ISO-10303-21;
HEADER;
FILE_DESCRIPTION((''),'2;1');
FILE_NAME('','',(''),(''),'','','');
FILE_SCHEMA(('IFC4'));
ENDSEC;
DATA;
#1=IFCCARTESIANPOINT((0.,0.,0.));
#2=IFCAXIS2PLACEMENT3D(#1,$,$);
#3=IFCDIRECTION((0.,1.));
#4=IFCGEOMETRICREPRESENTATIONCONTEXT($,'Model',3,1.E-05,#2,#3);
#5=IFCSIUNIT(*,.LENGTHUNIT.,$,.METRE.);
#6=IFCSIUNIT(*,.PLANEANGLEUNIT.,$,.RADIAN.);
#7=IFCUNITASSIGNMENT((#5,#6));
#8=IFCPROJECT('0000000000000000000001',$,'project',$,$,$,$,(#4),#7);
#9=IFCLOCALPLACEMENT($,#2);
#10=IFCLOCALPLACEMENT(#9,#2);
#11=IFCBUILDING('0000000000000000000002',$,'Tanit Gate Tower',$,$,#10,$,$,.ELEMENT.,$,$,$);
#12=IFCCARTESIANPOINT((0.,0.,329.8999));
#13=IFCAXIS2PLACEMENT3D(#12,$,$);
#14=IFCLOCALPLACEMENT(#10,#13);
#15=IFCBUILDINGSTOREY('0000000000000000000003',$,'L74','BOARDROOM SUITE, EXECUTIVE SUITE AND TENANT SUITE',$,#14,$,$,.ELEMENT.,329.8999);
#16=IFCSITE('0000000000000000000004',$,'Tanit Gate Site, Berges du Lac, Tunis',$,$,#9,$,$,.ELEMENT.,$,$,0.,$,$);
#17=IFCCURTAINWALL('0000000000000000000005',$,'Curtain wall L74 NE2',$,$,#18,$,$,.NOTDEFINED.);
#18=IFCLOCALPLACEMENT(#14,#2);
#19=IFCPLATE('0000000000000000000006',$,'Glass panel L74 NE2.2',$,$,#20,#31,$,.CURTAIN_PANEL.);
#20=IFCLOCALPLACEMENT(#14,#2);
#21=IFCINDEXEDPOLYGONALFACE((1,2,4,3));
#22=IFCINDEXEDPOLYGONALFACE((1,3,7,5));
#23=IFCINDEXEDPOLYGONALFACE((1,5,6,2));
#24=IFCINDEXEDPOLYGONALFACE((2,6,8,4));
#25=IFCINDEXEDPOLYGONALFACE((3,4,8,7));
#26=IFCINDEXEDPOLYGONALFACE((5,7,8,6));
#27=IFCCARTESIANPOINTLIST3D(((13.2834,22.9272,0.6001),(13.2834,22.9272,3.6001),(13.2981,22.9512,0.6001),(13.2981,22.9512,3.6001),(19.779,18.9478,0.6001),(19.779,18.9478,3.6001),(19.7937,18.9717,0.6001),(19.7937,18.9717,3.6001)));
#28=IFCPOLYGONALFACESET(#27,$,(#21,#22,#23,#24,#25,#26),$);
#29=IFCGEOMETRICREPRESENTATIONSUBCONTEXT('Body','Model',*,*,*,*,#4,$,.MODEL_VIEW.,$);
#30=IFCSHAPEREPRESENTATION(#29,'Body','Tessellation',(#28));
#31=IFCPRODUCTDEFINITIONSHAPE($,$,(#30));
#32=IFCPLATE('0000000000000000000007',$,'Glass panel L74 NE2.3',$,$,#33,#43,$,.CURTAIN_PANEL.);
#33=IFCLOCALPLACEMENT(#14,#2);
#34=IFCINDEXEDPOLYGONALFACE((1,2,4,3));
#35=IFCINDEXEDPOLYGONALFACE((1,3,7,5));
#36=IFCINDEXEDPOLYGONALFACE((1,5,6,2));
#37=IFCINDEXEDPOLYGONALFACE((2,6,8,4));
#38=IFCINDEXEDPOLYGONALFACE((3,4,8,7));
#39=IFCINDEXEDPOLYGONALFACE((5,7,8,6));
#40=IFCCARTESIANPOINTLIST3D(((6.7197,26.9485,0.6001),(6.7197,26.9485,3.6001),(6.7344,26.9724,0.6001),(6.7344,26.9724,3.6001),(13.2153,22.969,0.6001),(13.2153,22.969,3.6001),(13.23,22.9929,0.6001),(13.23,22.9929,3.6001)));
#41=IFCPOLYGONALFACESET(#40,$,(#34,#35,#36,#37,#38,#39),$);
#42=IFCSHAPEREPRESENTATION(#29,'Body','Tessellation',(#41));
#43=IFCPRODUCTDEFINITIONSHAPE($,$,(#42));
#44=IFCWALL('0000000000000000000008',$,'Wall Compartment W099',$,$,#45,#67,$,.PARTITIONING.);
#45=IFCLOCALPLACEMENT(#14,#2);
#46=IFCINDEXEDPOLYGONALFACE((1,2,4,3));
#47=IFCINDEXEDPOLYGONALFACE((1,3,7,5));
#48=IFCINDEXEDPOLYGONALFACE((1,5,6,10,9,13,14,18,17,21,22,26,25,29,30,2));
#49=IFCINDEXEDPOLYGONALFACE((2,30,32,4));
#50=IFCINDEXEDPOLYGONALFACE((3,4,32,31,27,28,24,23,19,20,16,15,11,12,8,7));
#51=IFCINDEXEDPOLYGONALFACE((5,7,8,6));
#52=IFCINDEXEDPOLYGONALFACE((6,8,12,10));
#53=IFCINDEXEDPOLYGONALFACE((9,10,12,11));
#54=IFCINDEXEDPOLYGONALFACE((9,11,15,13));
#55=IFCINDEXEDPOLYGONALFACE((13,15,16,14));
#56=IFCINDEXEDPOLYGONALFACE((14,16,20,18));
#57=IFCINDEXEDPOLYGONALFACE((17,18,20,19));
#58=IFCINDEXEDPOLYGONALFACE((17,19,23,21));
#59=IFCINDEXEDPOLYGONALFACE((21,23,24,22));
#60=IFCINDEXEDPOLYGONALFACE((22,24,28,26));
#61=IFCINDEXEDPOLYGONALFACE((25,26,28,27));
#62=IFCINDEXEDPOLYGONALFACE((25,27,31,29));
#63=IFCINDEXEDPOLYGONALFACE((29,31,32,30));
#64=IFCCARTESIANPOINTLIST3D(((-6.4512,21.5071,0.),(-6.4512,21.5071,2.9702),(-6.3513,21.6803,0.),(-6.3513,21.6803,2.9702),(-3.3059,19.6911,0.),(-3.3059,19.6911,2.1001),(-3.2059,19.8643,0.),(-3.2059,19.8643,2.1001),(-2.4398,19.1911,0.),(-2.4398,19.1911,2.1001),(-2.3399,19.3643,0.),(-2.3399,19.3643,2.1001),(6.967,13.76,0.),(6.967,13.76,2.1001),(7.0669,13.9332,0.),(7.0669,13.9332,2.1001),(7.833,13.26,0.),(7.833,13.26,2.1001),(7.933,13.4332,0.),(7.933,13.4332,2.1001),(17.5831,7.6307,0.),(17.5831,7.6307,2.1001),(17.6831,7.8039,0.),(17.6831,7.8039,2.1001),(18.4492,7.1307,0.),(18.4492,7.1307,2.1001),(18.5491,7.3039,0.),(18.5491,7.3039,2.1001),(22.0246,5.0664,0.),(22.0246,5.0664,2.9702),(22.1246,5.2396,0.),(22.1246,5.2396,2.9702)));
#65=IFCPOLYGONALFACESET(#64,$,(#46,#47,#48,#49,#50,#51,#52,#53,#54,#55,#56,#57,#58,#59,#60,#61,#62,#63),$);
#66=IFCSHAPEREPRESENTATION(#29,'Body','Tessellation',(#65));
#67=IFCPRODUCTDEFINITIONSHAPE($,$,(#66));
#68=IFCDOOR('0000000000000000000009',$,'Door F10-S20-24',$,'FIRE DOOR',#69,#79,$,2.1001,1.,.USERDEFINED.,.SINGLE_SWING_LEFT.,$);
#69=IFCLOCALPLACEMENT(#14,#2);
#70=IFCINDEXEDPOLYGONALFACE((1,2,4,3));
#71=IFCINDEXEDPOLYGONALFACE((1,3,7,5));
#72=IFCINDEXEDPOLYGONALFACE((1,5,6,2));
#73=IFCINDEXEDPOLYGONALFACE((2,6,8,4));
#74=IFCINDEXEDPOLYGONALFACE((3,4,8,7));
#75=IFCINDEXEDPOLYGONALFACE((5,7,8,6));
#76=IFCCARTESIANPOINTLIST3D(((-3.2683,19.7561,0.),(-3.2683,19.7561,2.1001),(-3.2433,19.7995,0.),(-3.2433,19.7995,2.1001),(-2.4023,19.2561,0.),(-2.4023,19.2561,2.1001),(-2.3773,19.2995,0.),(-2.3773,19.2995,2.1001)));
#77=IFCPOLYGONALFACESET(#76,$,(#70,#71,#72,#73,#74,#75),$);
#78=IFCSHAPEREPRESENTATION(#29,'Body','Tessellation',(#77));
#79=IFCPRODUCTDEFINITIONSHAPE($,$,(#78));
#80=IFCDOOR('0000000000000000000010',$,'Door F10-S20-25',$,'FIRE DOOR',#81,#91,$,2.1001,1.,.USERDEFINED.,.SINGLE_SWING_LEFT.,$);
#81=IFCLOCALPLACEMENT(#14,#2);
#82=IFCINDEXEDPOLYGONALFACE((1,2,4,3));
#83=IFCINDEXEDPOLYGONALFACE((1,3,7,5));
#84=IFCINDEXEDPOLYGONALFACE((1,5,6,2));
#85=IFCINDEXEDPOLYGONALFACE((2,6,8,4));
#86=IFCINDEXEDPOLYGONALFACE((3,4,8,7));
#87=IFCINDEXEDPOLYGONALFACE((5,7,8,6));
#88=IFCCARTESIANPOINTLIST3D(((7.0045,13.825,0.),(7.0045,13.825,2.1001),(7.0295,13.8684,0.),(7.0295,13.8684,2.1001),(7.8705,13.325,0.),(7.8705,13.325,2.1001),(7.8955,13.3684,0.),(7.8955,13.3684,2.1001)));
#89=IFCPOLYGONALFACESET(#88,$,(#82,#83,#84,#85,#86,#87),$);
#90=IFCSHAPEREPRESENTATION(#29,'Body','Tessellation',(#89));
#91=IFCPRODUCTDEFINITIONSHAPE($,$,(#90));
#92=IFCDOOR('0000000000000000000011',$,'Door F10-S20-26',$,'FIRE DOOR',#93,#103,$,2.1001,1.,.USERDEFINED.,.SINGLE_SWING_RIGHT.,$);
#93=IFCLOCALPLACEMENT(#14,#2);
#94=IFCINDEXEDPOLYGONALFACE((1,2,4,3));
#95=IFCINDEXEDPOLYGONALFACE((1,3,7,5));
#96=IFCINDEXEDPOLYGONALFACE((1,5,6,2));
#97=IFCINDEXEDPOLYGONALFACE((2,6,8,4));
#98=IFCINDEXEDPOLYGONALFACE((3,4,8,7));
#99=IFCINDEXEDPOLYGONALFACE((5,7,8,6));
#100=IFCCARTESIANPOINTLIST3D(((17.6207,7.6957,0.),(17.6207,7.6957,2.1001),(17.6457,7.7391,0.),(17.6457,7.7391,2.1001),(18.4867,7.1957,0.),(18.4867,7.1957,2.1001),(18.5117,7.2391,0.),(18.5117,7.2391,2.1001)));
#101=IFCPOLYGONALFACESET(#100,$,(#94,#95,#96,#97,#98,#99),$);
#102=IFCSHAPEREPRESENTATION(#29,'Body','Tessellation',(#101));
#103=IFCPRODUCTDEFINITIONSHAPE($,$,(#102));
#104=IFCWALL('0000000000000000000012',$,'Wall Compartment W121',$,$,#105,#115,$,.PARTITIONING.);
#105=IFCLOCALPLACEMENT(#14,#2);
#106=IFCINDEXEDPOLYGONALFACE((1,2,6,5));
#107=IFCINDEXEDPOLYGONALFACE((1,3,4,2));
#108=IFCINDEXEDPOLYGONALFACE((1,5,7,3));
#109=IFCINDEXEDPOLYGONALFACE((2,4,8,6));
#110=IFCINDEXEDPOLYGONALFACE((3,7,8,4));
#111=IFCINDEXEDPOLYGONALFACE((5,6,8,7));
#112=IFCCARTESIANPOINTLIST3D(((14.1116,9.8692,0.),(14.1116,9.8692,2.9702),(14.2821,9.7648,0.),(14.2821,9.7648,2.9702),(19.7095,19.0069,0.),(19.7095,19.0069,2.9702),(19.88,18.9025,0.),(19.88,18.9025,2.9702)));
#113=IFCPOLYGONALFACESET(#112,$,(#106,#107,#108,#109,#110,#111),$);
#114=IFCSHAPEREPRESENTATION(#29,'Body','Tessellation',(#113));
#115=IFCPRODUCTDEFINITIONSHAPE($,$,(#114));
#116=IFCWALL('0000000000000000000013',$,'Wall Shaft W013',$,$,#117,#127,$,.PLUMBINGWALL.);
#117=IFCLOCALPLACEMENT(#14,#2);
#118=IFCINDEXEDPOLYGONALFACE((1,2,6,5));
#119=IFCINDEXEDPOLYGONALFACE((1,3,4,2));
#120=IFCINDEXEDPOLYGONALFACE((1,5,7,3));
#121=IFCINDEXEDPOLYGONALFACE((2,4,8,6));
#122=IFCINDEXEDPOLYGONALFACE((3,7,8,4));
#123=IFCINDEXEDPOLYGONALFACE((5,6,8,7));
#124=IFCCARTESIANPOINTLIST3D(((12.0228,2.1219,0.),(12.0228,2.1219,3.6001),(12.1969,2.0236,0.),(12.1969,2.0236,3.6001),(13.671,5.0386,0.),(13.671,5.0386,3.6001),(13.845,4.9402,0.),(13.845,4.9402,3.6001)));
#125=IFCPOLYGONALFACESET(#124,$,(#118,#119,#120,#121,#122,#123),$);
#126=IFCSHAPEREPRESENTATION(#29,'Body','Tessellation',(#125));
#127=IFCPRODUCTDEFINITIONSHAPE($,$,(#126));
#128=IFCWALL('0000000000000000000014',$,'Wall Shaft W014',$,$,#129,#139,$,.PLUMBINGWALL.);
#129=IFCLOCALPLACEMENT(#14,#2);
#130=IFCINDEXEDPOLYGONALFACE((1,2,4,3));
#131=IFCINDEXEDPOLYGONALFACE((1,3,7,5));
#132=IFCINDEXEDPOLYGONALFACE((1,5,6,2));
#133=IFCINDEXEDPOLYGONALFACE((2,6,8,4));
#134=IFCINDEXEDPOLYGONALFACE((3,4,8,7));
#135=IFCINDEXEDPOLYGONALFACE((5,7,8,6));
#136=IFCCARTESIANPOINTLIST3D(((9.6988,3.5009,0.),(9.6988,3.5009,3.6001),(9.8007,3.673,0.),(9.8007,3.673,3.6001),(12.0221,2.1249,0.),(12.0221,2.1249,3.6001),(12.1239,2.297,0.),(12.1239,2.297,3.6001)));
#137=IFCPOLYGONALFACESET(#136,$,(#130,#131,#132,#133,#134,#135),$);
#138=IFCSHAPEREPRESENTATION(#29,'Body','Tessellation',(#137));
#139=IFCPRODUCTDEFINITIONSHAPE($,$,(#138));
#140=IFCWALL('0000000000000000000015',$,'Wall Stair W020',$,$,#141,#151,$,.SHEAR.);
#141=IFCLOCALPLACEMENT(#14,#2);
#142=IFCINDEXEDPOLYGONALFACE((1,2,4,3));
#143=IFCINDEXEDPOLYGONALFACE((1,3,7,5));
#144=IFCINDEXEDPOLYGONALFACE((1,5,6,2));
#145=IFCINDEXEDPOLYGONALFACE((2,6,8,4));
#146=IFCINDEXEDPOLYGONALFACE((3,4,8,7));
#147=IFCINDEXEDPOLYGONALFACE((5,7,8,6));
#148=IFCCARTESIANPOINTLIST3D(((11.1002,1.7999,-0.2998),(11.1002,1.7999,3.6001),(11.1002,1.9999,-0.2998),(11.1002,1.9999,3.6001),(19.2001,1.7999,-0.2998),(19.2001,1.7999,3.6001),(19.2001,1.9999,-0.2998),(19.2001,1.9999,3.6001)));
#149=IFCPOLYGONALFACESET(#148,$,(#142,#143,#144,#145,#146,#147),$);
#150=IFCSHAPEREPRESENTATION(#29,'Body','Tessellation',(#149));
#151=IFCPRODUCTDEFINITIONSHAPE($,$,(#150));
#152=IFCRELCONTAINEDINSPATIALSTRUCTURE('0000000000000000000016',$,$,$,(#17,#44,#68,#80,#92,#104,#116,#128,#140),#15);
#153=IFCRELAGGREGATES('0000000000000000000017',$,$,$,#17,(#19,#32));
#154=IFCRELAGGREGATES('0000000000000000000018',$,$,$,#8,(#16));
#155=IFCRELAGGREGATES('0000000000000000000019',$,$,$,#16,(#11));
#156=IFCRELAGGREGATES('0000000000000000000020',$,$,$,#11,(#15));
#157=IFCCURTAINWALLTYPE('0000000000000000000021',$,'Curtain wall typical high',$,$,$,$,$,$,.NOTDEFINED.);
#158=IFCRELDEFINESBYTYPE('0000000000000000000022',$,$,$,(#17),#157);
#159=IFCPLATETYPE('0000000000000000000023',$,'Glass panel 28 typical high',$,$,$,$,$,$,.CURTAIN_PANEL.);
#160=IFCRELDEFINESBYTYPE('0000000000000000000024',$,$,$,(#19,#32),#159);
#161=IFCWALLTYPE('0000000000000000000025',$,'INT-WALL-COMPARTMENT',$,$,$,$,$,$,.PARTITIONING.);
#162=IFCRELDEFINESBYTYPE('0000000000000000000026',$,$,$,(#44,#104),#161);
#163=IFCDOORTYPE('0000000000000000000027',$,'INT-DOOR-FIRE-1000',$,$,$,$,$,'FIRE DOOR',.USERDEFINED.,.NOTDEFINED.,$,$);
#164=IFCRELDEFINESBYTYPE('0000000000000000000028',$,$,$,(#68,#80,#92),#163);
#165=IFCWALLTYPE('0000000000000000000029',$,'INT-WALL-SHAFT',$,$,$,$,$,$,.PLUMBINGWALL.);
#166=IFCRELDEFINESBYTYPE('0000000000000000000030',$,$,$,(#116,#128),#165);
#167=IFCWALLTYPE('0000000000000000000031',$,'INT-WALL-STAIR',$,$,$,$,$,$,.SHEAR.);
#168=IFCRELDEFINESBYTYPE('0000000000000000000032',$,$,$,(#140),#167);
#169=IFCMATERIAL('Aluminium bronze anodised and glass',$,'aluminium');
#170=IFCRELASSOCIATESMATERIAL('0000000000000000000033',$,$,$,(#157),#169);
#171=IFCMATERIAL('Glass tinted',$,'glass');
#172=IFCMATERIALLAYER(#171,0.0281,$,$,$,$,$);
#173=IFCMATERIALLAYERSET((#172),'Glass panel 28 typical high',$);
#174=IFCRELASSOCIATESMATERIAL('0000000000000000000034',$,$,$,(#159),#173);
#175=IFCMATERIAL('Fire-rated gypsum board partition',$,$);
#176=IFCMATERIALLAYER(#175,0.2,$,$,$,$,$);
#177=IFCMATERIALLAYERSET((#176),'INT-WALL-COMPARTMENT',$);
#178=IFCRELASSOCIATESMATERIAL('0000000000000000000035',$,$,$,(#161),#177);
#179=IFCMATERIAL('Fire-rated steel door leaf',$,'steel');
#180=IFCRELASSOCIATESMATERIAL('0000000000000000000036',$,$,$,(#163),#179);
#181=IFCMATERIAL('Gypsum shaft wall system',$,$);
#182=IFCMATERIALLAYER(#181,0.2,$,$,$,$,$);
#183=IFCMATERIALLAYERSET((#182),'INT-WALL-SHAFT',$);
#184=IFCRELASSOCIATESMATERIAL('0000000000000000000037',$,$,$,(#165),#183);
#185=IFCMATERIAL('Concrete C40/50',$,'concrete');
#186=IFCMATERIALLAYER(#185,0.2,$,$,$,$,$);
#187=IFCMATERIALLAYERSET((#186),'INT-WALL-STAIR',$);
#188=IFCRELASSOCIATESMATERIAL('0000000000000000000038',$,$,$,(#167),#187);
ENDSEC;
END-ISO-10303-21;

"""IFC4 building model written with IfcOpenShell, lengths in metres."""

from ifc_helpers import new_model, si_unit, direction, frame, frame_2d, origin, origin_2d, place, context, subcontext, project, spatial, rectangle, extrude, material, layer, layer_set, type_object, element, fill, aggregate, save


model = new_model("IFC4")

# Units and contexts
model_context = context("Model", 3, precision=1e-05, world=origin(), true_north=direction((0.0, 1.0)))
body_context = subcontext(model_context, "Body", "Model", "MODEL_VIEW")
ifc_project = project(units=[si_unit("LENGTHUNIT", "METRE"), si_unit("PLANEANGLEUNIT", "RADIAN")], contexts=[model_context])

# Site, building, storey
site_placement = place(None, origin())
site = spatial("IfcSite", under=ifc_project, at=site_placement, Name="Tanit Gate Site, Berges du Lac, Tunis", CompositionType="ELEMENT", RefElevation=0.0)
building_placement = place(site_placement, origin())
building = spatial("IfcBuilding", under=site, at=building_placement, Name="Tanit Gate Tower", CompositionType="ELEMENT")
storey_placement = place(building_placement, frame((0.0, 0.0, 329.8999)))
storey = spatial("IfcBuildingStorey", under=building, at=storey_placement, Name="L74", Description="BOARDROOM SUITE, EXECUTIVE SUITE AND TENANT SUITE", CompositionType="ELEMENT", Elevation=329.8999)

# Curtain wall
ifc_material_1 = material(Name="Aluminium bronze anodised and glass", Category="aluminium")
curtain_wall_type = type_object("IfcCurtainWallType", Name="Curtain wall typical high", PredefinedType="NOTDEFINED", material=ifc_material_1)
curtain_wall_placement = place(storey_placement, origin())
curtain_wall = element("IfcCurtainWall", 1, at=curtain_wall_placement, inside=storey, type_object=curtain_wall_type, Name="Curtain wall L74 NE2", PredefinedType="NOTDEFINED")

# Plates
ifc_material_2 = material(Name="Glass tinted", Category="glass")
ifc_layer_1 = layer(ifc_material_2, 0.0281)
ifc_layer_set_1 = layer_set([ifc_layer_1], Name="Glass panel 28 typical high")
plate_type = type_object("IfcPlateType", Name="Glass panel 28 typical high", PredefinedType="CURTAIN_PANEL", material=ifc_layer_set_1)
plate_1_placement = place(storey_placement, frame((16.5386, 20.9495, 0.6001), z_axis=(0.0, 0.0, 1.0), x_axis=(-0.8527, 0.522401, 0.0)))
plate_1 = element("IfcPlate", 2, at=plate_1_placement, type_object=plate_type, Name="Glass panel L74 NE2.2", PredefinedType="CURTAIN_PANEL", context=body_context, shape_type="SweptSolid", body=[
    extrude(rectangle(XDim=7.6177, YDim=0.0281, at=origin_2d()), origin(), (0.0, 0.0, 1.0), 3.0),
])
plate_2_placement = place(storey_placement, frame((9.9749, 24.9707, 0.6001), z_axis=(0.0, 0.0, 1.0), x_axis=(-0.8527, 0.522401, 0.0)))
plate_2 = element("IfcPlate", 3, at=plate_2_placement, type_object=plate_type, Name="Glass panel L74 NE2.3", PredefinedType="CURTAIN_PANEL", context=body_context, shape_type="SweptSolid", body=[
    extrude(rectangle(XDim=7.6177, YDim=0.0281, at=origin_2d()), origin(), (0.0, 0.0, 1.0), 3.0),
])
aggregate(curtain_wall, [plate_1, plate_2])

# Wall, openings, doors
ifc_material_3 = material(Name="Fire-rated gypsum board partition")
ifc_layer_2 = layer(ifc_material_3, 0.2)
ifc_layer_set_2 = layer_set([ifc_layer_2], Name="INT-WALL-COMPARTMENT")
wall_type_1 = type_object("IfcWallType", Name="INT-WALL-COMPARTMENT", PredefinedType="PARTITIONING", material=ifc_layer_set_2)
wall_1_placement = place(storey_placement, frame((22.0745, 5.1531, 0.0), z_axis=(0.0, 0.0, 1.0), x_axis=(-0.866023, 0.500003, 0.0)))
wall_1 = element("IfcWall", 4, at=wall_1_placement, inside=storey, type_object=wall_type_1, Name="Wall Compartment W099", PredefinedType="PARTITIONING", context=body_context, shape_type="SweptSolid", body=[
    extrude(rectangle(XDim=32.8811, YDim=0.2, at=frame_2d((16.4404, 0.0))), origin(), (0.0, 0.0, 1.0), 2.9702),
])
opening_1_placement = place(wall_1_placement, frame((28.249, 0.0, 0.0)))
opening_1 = element("IfcOpeningElement", 5, at=opening_1_placement, cuts=wall_1, PredefinedType="OPENING", context=body_context, shape_type="SweptSolid", body=[
    extrude(rectangle(XDim=1.0, YDim=2.1001, at=frame_2d((0.5, 1.05))), frame((0.0, 0.1099, 0.0), z_axis=(0.0, -1.0, 0.0), x_axis=(1.0, 0.0, 0.0)), (0.0, 0.0, 1.0), 0.22),
])
opening_2_placement = place(wall_1_placement, frame((16.387, 0.0, 0.0)))
opening_2 = element("IfcOpeningElement", 6, at=opening_2_placement, cuts=wall_1, PredefinedType="OPENING", context=body_context, shape_type="SweptSolid", body=[
    extrude(rectangle(XDim=1.0, YDim=2.1001, at=frame_2d((0.5, 1.05))), frame((0.0, 0.1099, 0.0), z_axis=(0.0, -1.0, 0.0), x_axis=(1.0, 0.0, 0.0)), (0.0, 0.0, 1.0), 0.22),
])
opening_3_placement = place(wall_1_placement, frame((4.1284, 0.0, 0.0)))
opening_3 = element("IfcOpeningElement", 7, at=opening_3_placement, cuts=wall_1, PredefinedType="OPENING", context=body_context, shape_type="SweptSolid", body=[
    extrude(rectangle(XDim=1.0, YDim=2.1001, at=frame_2d((0.5, 1.05))), frame((0.0, 0.1099, 0.0), z_axis=(0.0, -1.0, 0.0), x_axis=(1.0, 0.0, 0.0)), (0.0, 0.0, 1.0), 0.22),
])
ifc_material_4 = material(Name="Fire-rated steel door leaf", Category="steel")
door_type_1 = type_object("IfcDoorType", Name="INT-DOOR-FIRE-1000", ElementType="FIRE DOOR", OperationType="NOTDEFINED", PredefinedType="USERDEFINED", material=ifc_material_4)
door_1_placement = place(opening_1_placement, origin())
door_1 = element("IfcDoor", 8, at=door_1_placement, inside=storey, type_object=door_type_1, Name="Door F10-S20-24", ObjectType="FIRE DOOR", OperationType="SINGLE_SWING_LEFT", OverallHeight=2.1001, OverallWidth=1.0, PredefinedType="USERDEFINED", context=body_context, shape_type="SweptSolid", body=[
    extrude(rectangle(XDim=1.0, YDim=2.1001, at=frame_2d((0.5, 1.05))), frame((0.0, 0.0249, 0.0), z_axis=(0.0, -1.0, 0.0), x_axis=(1.0, 0.0, 0.0)), (0.0, 0.0, 1.0), 0.05),
])
fill(opening_1, door_1)
door_2_placement = place(opening_2_placement, origin())
door_2 = element("IfcDoor", 9, at=door_2_placement, inside=storey, type_object=door_type_1, Name="Door F10-S20-25", ObjectType="FIRE DOOR", OperationType="SINGLE_SWING_LEFT", OverallHeight=2.1001, OverallWidth=1.0, PredefinedType="USERDEFINED", context=body_context, shape_type="SweptSolid", body=[
    extrude(rectangle(XDim=1.0, YDim=2.1001, at=frame_2d((0.5, 1.05))), frame((0.0, 0.0249, 0.0), z_axis=(0.0, -1.0, 0.0), x_axis=(1.0, 0.0, 0.0)), (0.0, 0.0, 1.0), 0.05),
])
fill(opening_2, door_2)
door_3_placement = place(opening_3_placement, origin())
door_3 = element("IfcDoor", 10, at=door_3_placement, inside=storey, type_object=door_type_1, Name="Door F10-S20-26", ObjectType="FIRE DOOR", OperationType="SINGLE_SWING_RIGHT", OverallHeight=2.1001, OverallWidth=1.0, PredefinedType="USERDEFINED", context=body_context, shape_type="SweptSolid", body=[
    extrude(rectangle(XDim=1.0, YDim=2.1001, at=frame_2d((0.5, 1.05))), frame((0.0, 0.0249, 0.0), z_axis=(0.0, -1.0, 0.0), x_axis=(1.0, 0.0, 0.0)), (0.0, 0.0, 1.0), 0.05),
])
fill(opening_3, door_3)

# Walls
wall_2_placement = place(storey_placement, frame((19.7947, 18.9546, 0.0), z_axis=(0.0, 0.0, 1.0), x_axis=(-0.522384, -0.85271, 0.0)))
element("IfcWall", 11, at=wall_2_placement, inside=storey, type_object=wall_type_1, Name="Wall Compartment W121", PredefinedType="PARTITIONING", context=body_context, shape_type="SweptSolid", body=[
    extrude(rectangle(XDim=10.7161, YDim=0.2, at=frame_2d((5.3579, 0.0))), origin(), (0.0, 0.0, 1.0), 2.9702),
])
ifc_material_5 = material(Name="Gypsum shaft wall system")
ifc_layer_3 = layer(ifc_material_5, 0.2)
ifc_layer_set_3 = layer_set([ifc_layer_3], Name="INT-WALL-SHAFT")
wall_type_2 = type_object("IfcWallType", Name="INT-WALL-SHAFT", PredefinedType="PLUMBINGWALL", material=ifc_layer_set_3)
wall_3_placement = place(storey_placement, frame((12.1099, 2.0728, 0.0), z_axis=(0.0, 0.0, 1.0), x_axis=(0.491966, 0.870614, 0.0)))
element("IfcWall", 12, at=wall_3_placement, inside=storey, type_object=wall_type_2, Name="Wall Shaft W013", PredefinedType="PLUMBINGWALL", context=body_context, shape_type="SweptSolid", body=[
    extrude(rectangle(XDim=3.3501, YDim=0.2, at=frame_2d((1.675, 0.0))), origin(), (0.0, 0.0, 1.0), 3.6001),
])
wall_4_placement = place(storey_placement, frame((12.073, 2.2109, 0.0), z_axis=(0.0, 0.0, 1.0), x_axis=(-0.860415, 0.509594, 0.0)))
element("IfcWall", 13, at=wall_4_placement, inside=storey, type_object=wall_type_2, Name="Wall Shaft W014", PredefinedType="PLUMBINGWALL", context=body_context, shape_type="SweptSolid", body=[
    extrude(rectangle(XDim=2.7002, YDim=0.2, at=frame_2d((1.3501, 0.0))), origin(), (0.0, 0.0, 1.0), 3.6001),
])
ifc_material_6 = material(Name="Concrete C40/50", Category="concrete")
ifc_layer_4 = layer(ifc_material_6, 0.2)
ifc_layer_set_4 = layer_set([ifc_layer_4], Name="INT-WALL-STAIR")
wall_type_3 = type_object("IfcWallType", Name="INT-WALL-STAIR", PredefinedType="SHEAR", material=ifc_layer_set_4)
wall_5_placement = place(storey_placement, frame((19.2, 1.8999, -0.2998), z_axis=(0.0, 0.0, 1.0), x_axis=(-1.0, 0.0, 0.0)))
element("IfcWall", 14, at=wall_5_placement, inside=storey, type_object=wall_type_3, Name="Wall Stair W020", PredefinedType="SHEAR", context=body_context, shape_type="SweptSolid", body=[
    extrude(rectangle(XDim=8.0999, YDim=0.2, at=frame_2d((4.0498, 0.0))), origin(), (0.0, 0.0, 1.0), 3.8999),
])

save(model, "model.ifc")
